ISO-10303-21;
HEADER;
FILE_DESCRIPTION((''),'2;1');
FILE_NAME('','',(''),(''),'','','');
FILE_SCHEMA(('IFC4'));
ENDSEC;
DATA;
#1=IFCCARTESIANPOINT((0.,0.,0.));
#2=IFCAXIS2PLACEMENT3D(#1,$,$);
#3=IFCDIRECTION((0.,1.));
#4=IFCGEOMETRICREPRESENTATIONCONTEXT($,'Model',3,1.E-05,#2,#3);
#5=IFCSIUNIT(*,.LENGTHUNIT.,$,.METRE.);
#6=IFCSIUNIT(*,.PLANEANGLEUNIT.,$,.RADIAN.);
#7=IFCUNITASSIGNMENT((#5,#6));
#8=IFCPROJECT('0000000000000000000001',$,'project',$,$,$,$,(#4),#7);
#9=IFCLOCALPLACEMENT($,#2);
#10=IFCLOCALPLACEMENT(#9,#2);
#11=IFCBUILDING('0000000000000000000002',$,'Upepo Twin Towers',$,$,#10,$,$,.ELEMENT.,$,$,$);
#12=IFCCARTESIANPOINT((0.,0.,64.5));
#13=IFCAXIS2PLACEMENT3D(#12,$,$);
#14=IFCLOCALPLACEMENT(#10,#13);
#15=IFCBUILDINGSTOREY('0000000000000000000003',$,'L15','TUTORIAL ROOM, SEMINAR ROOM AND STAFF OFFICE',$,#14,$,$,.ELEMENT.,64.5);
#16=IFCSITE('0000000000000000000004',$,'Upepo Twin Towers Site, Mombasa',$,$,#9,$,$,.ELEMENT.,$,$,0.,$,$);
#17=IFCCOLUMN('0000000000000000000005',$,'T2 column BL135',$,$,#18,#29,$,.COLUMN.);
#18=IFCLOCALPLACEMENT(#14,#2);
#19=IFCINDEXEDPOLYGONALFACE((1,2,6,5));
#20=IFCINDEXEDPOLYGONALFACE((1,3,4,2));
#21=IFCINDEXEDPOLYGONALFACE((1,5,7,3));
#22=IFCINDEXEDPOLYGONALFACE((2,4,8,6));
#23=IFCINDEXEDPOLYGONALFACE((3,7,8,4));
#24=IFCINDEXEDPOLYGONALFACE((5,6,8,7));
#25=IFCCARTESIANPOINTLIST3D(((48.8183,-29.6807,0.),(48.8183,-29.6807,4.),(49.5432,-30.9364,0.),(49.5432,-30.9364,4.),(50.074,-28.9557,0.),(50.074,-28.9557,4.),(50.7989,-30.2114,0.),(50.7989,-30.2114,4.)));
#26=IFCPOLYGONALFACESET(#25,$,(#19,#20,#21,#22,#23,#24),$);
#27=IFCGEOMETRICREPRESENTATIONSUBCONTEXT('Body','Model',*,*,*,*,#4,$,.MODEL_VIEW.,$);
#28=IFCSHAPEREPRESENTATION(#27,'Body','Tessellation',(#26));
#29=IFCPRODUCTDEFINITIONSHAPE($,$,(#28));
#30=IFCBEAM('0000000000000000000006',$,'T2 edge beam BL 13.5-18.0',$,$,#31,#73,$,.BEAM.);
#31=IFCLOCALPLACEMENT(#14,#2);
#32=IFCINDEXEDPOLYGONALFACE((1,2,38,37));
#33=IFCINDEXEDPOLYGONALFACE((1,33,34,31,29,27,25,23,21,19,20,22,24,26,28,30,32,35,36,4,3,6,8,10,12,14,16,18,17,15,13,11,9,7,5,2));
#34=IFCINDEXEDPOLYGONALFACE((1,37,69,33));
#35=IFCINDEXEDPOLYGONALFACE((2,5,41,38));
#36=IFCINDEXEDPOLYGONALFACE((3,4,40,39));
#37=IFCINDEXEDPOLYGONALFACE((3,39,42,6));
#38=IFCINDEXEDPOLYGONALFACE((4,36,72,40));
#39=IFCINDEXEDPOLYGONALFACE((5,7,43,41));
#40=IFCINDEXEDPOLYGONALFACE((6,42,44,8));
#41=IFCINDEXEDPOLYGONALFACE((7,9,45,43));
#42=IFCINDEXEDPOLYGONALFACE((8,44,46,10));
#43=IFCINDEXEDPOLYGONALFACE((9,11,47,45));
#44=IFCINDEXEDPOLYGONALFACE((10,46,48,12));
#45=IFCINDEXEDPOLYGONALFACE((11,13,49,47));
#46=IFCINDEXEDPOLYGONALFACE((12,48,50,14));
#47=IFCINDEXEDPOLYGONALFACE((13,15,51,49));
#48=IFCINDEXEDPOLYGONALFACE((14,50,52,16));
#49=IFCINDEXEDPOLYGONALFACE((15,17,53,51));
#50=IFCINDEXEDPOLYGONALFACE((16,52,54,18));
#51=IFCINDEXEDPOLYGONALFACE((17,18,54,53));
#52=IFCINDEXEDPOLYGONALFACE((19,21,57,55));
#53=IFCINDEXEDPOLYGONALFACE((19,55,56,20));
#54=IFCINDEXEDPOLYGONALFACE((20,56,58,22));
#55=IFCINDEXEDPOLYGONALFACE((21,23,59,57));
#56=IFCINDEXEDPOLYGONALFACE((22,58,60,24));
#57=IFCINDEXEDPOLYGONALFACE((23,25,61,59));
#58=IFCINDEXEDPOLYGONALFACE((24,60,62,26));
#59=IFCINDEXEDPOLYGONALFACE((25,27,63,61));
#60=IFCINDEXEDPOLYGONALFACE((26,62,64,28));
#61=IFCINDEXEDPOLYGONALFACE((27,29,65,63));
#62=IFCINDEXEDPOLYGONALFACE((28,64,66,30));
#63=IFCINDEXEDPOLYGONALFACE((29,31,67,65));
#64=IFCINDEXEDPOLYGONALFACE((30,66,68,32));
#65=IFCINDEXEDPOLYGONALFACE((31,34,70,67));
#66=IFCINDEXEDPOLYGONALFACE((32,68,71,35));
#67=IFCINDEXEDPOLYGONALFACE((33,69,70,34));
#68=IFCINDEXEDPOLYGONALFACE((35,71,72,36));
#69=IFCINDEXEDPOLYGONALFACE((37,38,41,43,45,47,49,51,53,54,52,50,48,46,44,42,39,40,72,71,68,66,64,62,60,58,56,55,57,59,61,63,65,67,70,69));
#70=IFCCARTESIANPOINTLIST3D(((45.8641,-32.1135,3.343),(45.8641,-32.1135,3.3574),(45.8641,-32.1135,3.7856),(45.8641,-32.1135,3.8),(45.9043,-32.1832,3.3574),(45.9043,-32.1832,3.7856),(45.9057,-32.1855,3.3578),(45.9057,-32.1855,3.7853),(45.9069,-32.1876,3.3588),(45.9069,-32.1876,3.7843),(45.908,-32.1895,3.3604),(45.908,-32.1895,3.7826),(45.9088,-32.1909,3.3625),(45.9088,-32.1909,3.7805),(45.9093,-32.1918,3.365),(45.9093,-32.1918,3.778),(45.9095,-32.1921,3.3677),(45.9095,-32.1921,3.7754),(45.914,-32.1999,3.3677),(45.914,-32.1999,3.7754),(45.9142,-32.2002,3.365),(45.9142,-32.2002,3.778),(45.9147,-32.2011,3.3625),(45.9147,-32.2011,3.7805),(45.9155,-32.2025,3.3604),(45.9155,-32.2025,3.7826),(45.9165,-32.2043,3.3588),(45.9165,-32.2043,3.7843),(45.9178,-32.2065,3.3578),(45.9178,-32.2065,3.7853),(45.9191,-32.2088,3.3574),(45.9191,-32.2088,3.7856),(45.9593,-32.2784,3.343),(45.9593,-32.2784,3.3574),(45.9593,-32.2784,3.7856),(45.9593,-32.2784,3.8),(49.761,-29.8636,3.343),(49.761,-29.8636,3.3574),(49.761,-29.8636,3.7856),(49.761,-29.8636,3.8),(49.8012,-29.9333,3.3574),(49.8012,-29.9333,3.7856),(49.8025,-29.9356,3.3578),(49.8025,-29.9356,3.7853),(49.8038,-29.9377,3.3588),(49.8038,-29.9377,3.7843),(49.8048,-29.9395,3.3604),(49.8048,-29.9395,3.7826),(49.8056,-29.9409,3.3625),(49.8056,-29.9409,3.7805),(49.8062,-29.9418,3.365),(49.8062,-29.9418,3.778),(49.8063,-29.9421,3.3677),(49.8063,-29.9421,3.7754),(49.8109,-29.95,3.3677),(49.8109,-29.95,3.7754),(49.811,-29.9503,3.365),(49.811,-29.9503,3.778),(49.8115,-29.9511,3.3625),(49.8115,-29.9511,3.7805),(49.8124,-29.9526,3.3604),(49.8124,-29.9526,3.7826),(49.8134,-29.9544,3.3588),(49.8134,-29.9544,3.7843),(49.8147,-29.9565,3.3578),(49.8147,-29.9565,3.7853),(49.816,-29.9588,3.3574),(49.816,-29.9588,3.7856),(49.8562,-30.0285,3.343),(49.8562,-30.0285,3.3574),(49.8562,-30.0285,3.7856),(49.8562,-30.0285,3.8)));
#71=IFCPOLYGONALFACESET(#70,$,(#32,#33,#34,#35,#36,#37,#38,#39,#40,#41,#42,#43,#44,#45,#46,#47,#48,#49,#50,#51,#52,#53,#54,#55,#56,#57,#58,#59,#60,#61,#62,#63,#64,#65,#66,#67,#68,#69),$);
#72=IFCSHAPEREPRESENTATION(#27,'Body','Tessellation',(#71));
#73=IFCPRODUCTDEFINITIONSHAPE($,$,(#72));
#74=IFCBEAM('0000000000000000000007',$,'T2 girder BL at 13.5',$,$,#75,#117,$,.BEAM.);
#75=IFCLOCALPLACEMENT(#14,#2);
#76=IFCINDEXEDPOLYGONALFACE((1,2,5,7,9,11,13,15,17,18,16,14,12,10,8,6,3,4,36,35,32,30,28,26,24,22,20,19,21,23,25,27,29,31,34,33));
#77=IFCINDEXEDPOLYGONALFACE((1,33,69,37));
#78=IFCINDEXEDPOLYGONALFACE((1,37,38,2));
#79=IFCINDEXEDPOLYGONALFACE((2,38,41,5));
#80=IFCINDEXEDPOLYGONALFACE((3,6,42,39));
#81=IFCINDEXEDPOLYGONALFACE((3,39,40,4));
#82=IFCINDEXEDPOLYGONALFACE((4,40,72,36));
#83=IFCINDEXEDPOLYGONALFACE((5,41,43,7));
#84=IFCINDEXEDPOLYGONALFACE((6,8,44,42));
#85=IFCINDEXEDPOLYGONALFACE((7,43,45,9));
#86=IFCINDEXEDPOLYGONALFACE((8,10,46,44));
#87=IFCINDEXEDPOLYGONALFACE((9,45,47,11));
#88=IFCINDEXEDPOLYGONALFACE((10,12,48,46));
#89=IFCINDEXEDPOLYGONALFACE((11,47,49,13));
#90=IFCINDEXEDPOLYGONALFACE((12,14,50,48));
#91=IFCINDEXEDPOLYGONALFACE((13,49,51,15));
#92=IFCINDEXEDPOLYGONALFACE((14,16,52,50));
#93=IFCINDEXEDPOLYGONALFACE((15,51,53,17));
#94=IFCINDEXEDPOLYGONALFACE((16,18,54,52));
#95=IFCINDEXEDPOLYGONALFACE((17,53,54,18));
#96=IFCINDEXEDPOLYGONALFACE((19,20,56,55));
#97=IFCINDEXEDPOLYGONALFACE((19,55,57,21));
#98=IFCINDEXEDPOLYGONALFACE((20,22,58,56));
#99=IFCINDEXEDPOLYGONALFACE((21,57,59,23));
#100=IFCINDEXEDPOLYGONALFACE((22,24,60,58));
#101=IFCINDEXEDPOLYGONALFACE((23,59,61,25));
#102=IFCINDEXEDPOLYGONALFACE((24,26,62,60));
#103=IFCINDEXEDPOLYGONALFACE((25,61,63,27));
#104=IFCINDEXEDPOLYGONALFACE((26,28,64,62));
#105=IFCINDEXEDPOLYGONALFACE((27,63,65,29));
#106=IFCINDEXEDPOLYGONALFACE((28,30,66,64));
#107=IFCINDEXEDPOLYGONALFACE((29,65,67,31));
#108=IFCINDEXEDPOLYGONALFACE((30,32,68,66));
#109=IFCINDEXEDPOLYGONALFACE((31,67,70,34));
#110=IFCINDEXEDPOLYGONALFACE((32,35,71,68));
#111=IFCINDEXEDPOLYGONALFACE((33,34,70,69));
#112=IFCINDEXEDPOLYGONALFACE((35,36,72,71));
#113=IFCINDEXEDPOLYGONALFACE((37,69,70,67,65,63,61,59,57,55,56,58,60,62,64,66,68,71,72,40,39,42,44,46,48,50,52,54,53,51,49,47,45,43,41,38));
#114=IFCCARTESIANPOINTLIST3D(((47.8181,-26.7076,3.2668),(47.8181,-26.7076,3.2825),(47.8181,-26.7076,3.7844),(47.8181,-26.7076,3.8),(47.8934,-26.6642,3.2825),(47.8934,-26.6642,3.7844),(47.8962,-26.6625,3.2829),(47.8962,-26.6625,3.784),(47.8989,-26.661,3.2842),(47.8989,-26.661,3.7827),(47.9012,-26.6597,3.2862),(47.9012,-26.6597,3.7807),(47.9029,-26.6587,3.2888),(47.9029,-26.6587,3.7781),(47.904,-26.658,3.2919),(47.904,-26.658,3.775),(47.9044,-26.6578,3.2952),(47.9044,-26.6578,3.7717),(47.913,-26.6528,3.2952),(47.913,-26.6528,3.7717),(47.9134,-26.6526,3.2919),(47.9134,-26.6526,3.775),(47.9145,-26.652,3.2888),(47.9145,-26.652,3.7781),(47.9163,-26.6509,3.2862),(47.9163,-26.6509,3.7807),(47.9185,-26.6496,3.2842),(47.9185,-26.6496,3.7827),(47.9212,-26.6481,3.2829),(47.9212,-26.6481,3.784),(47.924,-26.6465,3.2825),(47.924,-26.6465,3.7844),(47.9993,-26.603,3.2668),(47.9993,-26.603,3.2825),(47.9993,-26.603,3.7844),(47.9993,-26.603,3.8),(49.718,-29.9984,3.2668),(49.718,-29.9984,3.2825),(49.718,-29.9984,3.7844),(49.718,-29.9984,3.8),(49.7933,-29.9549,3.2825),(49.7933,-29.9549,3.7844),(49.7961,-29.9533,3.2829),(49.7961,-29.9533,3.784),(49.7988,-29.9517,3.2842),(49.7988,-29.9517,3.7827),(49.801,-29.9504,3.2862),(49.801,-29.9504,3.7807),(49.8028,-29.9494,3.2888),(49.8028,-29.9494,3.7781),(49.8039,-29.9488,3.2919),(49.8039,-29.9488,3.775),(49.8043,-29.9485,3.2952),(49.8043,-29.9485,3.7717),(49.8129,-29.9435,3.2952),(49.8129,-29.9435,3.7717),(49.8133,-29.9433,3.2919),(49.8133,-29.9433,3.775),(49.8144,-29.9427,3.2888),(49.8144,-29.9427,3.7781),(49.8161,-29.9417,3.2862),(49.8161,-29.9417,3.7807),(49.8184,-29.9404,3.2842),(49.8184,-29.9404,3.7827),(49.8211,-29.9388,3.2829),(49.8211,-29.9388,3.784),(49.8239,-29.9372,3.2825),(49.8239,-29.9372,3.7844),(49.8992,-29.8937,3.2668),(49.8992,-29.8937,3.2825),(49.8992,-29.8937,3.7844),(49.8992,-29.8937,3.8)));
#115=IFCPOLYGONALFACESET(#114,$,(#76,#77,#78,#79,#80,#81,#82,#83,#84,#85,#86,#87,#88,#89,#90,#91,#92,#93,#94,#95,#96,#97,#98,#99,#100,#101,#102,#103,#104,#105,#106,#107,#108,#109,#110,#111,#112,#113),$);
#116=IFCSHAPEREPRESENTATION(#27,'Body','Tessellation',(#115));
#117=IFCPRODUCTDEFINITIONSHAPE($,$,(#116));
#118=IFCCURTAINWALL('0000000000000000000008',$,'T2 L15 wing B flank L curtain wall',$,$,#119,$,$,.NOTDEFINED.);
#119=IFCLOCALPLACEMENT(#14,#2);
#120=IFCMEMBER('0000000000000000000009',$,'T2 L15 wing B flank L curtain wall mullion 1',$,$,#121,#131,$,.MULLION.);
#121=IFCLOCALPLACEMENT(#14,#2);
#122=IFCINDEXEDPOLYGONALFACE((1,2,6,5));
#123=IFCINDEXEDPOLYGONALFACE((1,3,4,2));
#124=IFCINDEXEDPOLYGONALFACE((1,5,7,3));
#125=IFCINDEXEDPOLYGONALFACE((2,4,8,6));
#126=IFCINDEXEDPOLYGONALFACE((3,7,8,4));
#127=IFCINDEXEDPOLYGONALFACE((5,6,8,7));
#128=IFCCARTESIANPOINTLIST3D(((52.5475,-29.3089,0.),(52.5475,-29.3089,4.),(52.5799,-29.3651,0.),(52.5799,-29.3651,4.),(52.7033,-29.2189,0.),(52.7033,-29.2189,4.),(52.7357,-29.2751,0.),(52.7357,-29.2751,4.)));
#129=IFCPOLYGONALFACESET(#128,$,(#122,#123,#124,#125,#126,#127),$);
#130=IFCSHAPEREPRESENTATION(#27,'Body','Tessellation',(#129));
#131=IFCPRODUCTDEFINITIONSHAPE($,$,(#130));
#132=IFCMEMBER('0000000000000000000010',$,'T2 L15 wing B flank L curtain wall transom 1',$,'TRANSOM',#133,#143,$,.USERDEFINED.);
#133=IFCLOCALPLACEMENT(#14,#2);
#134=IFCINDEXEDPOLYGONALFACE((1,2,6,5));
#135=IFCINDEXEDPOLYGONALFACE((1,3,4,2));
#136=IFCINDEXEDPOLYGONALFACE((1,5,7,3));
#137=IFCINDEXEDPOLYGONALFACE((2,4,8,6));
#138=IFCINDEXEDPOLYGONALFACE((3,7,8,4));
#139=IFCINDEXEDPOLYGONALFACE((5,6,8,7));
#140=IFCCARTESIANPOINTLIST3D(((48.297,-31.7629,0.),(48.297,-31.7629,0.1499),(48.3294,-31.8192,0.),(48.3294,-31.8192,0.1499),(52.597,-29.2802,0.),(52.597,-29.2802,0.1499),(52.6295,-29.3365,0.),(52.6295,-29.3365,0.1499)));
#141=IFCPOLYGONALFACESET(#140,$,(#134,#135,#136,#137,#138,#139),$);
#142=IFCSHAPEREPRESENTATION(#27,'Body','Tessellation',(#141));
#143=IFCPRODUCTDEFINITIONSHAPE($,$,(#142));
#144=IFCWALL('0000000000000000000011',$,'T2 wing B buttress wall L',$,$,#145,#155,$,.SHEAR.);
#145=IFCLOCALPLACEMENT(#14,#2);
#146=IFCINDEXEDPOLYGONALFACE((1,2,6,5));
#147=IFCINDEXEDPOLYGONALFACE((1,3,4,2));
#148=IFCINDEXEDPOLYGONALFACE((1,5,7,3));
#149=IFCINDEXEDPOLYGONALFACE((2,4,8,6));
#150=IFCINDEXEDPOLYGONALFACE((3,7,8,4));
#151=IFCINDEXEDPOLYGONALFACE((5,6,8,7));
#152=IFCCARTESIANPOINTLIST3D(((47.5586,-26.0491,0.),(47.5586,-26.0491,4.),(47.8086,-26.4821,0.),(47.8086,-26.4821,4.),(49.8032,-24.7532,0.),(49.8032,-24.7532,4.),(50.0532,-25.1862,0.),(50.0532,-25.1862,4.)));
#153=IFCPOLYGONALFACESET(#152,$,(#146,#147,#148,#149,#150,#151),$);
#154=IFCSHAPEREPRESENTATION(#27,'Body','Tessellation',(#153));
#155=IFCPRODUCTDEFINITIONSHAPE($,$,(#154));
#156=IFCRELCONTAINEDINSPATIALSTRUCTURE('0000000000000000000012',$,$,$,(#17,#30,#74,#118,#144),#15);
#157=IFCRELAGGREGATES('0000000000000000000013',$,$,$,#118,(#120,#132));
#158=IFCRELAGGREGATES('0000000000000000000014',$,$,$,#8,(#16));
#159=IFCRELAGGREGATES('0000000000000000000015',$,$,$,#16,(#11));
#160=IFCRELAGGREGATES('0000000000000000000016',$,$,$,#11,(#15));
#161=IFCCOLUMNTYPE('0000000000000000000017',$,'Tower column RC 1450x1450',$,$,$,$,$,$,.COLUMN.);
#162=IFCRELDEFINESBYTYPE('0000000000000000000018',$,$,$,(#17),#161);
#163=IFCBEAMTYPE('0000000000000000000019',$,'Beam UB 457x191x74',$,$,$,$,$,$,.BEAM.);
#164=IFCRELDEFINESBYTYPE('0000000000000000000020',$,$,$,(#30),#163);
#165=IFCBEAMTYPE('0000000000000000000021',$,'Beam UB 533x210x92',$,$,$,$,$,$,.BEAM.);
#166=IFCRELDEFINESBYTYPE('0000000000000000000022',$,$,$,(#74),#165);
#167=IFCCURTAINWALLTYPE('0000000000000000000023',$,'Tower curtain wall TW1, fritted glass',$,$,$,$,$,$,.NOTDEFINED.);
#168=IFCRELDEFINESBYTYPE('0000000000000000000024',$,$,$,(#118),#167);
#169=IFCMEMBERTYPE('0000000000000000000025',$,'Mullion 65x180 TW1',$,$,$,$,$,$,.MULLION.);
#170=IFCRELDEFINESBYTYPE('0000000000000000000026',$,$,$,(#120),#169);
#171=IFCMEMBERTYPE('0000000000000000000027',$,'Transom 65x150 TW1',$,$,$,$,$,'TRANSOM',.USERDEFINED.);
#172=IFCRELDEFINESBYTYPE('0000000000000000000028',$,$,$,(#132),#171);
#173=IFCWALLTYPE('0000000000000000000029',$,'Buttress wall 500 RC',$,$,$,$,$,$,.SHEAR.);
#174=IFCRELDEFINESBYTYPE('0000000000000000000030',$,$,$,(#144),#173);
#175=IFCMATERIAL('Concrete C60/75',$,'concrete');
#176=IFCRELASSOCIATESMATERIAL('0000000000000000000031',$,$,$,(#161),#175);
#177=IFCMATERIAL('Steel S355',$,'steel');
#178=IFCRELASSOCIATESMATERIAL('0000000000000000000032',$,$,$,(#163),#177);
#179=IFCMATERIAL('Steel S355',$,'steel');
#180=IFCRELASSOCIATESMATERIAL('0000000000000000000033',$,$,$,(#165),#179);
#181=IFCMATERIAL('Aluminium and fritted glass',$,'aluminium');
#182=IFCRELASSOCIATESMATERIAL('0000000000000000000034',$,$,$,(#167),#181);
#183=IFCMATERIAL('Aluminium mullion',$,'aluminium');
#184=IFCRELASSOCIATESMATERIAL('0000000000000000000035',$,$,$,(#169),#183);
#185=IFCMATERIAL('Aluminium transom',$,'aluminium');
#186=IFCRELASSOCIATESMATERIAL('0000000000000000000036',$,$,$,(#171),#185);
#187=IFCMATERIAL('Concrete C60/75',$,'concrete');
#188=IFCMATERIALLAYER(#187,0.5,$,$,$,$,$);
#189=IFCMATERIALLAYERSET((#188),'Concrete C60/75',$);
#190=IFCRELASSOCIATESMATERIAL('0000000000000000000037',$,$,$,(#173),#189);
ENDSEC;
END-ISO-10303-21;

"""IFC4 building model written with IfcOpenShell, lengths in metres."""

from ifc_helpers import new_model, si_unit, direction, frame, frame_2d, origin, origin_2d, place, context, subcontext, project, spatial, rectangle, i_section, extrude, material, layer, layer_set, material_profile, profile_set, type_object, element, aggregate, save


model = new_model("IFC4")

# Units and contexts
model_context = context("Model", 3, precision=1e-05, world=origin(), true_north=direction((0.0, 1.0)))
body_context = subcontext(model_context, "Body", "Model", "MODEL_VIEW")
ifc_project = project(units=[si_unit("LENGTHUNIT", "METRE"), si_unit("PLANEANGLEUNIT", "RADIAN")], contexts=[model_context])

# Site, building, storey
site_placement = place(None, origin())
site = spatial("IfcSite", under=ifc_project, at=site_placement, Name="Upepo Twin Towers Site, Mombasa", CompositionType="ELEMENT", RefElevation=0.0)
building_placement = place(site_placement, origin())
building = spatial("IfcBuilding", under=site, at=building_placement, Name="Upepo Twin Towers", CompositionType="ELEMENT")
storey_placement = place(building_placement, frame((0.0, 0.0, 64.5)))
storey = spatial("IfcBuildingStorey", under=building, at=storey_placement, Name="L15", Description="TUTORIAL ROOM, SEMINAR ROOM AND STAFF OFFICE", CompositionType="ELEMENT", Elevation=64.5)

# Column
ifc_material_1 = material(Name="Concrete C60/75", Category="concrete")
ifc_material_profile_1 = material_profile(ifc_material_1, rectangle(XDim=1.45, YDim=1.45, at=origin_2d()), Name="RC 1450x1450")
ifc_profile_set_1 = profile_set([ifc_material_profile_1], Name="Concrete C60/75")
column_type = type_object("IfcColumnType", Name="Tower column RC 1450x1450", PredefinedType="COLUMN", material=ifc_profile_set_1)
column_placement = place(storey_placement, frame((49.8086, -29.946, 0.0), z_axis=(0.0, 0.0, 1.0), x_axis=(0.866025, 0.5, 0.0)))
element("IfcColumn", 1, at=column_placement, inside=storey, type_object=column_type, Name="T2 column BL135", PredefinedType="COLUMN", context=body_context, shape_type="SweptSolid", body=[
    extrude(rectangle(XDim=1.45, YDim=1.45, at=origin_2d()), origin(), (0.0, 0.0, 1.0), 4.0),
])

# Beams
ifc_material_2 = material(Name="Steel S355", Category="steel")
ifc_material_profile_2 = material_profile(ifc_material_2, i_section(OverallWidth=0.1904, OverallDepth=0.457, WebThickness=0.009, FlangeThickness=0.0144, FilletRadius=0.0103, at=origin_2d()), Name="UB 457x191x74")
ifc_profile_set_2 = profile_set([ifc_material_profile_2], Name="Steel S355")
beam_type_1 = type_object("IfcBeamType", Name="Beam UB 457x191x74", PredefinedType="BEAM", material=ifc_profile_set_2)
beam_1_placement = place(storey_placement, frame((49.8086, -29.946, 3.5715), z_axis=(-0.866018, -0.500014, 0.0), x_axis=(0.500014, -0.866018, 0.0)))
element("IfcBeam", 2, at=beam_1_placement, inside=storey, type_object=beam_type_1, Name="T2 edge beam BL 13.5-18.0", PredefinedType="BEAM", context=body_context, shape_type="SweptSolid", body=[
    extrude(i_section(OverallWidth=0.1904, OverallDepth=0.457, WebThickness=0.009, FlangeThickness=0.0144, FilletRadius=0.0103, at=origin_2d()), origin(), (0.0, 0.0, 1.0), 4.4998),
])
ifc_material_3 = material(Name="Steel S355", Category="steel")
ifc_material_profile_3 = material_profile(ifc_material_3, i_section(OverallWidth=0.2092, OverallDepth=0.5332, WebThickness=0.01, FlangeThickness=0.0156, FilletRadius=0.0127, at=origin_2d()), Name="UB 533x210x92")
ifc_profile_set_3 = profile_set([ifc_material_profile_3], Name="Steel S355")
beam_type_2 = type_object("IfcBeamType", Name="Beam UB 533x210x92", PredefinedType="BEAM", material=ifc_profile_set_3)
beam_2_placement = place(storey_placement, frame((49.8086, -29.946, 3.5334), z_axis=(-0.499995, 0.866028, 0.0), x_axis=(-0.866028, -0.499995, 0.0)))
element("IfcBeam", 3, at=beam_2_placement, inside=storey, type_object=beam_type_2, Name="T2 girder BL at 13.5", PredefinedType="BEAM", context=body_context, shape_type="SweptSolid", body=[
    extrude(i_section(OverallWidth=0.2092, OverallDepth=0.5332, WebThickness=0.01, FlangeThickness=0.0156, FilletRadius=0.0127, at=origin_2d()), origin(), (0.0, 0.0, 1.0), 3.7998),
])

# Curtain wall, members
ifc_material_4 = material(Name="Aluminium and fritted glass", Category="aluminium")
curtain_wall_type = type_object("IfcCurtainWallType", Name="Tower curtain wall TW1, fritted glass", PredefinedType="NOTDEFINED", material=ifc_material_4)
curtain_wall_placement = place(storey_placement, origin())
curtain_wall = element("IfcCurtainWall", 4, at=curtain_wall_placement, inside=storey, type_object=curtain_wall_type, Name="T2 L15 wing B flank L curtain wall", PredefinedType="NOTDEFINED")
ifc_material_5 = material(Name="Aluminium mullion", Category="aluminium")
ifc_material_profile_4 = material_profile(ifc_material_5, rectangle(XDim=0.0649, YDim=0.1799, at=origin_2d()), Name="MULLION 65x180")
ifc_profile_set_4 = profile_set([ifc_material_profile_4], Name="Aluminium mullion")
member_type_1 = type_object("IfcMemberType", Name="Mullion 65x180 TW1", PredefinedType="MULLION", material=ifc_profile_set_4)
member_1_placement = place(storey_placement, frame((52.6416, -29.292, 0.0), z_axis=(0.0, 0.0, 1.0), x_axis=(0.5, -0.866025, 0.0)))
member_1 = element("IfcMember", 5, at=member_1_placement, type_object=member_type_1, Name="T2 L15 wing B flank L curtain wall mullion 1", PredefinedType="MULLION", context=body_context, shape_type="SweptSolid", body=[
    extrude(rectangle(XDim=0.0649, YDim=0.1799, at=origin_2d()), origin(), (0.0, 0.0, 1.0), 4.0),
])
ifc_material_6 = material(Name="Aluminium transom", Category="aluminium")
ifc_material_profile_5 = material_profile(ifc_material_6, rectangle(XDim=0.0649, YDim=0.1499, at=origin_2d()), Name="TRANSOM 65x150")
ifc_profile_set_5 = profile_set([ifc_material_profile_5], Name="Aluminium transom")
member_type_2 = type_object("IfcMemberType", Name="Transom 65x150 TW1", ElementType="TRANSOM", PredefinedType="USERDEFINED", material=ifc_profile_set_5)
member_2_placement = place(storey_placement, frame((52.6133, -29.3083, 0.075), z_axis=(-0.866023, -0.500005, 0.0), x_axis=(0.500005, -0.866023, 0.0)))
member_2 = element("IfcMember", 6, at=member_2_placement, type_object=member_type_2, Name="T2 L15 wing B flank L curtain wall transom 1", ObjectType="TRANSOM", PredefinedType="USERDEFINED", context=body_context, shape_type="SweptSolid", body=[
    extrude(rectangle(XDim=0.0649, YDim=0.1499, at=origin_2d()), origin(), (0.0, 0.0, 1.0), 4.9653),
])
aggregate(curtain_wall, [member_1, member_2])

# Wall
ifc_material_7 = material(Name="Concrete C60/75", Category="concrete")
ifc_layer_1 = layer(ifc_material_7, 0.5)
ifc_layer_set_1 = layer_set([ifc_layer_1], Name="Concrete C60/75")
wall_type_1 = type_object("IfcWallType", Name="Buttress wall 500 RC", PredefinedType="SHEAR", material=ifc_layer_set_1)
wall_1_placement = place(storey_placement, frame((49.9282, -24.9697, 0.0), z_axis=(0.0, 0.0, 1.0), x_axis=(-0.866032, -0.499989, 0.0)))
element("IfcWall", 7, at=wall_1_placement, inside=storey, type_object=wall_type_1, Name="T2 wing B buttress wall L", PredefinedType="SHEAR", context=body_context, shape_type="SweptSolid", body=[
    extrude(rectangle(XDim=2.5918, YDim=0.5, at=frame_2d((1.2959, 0.0))), origin(), (0.0, 0.0, 1.0), 4.0),
])

save(model, "model.ifc")
